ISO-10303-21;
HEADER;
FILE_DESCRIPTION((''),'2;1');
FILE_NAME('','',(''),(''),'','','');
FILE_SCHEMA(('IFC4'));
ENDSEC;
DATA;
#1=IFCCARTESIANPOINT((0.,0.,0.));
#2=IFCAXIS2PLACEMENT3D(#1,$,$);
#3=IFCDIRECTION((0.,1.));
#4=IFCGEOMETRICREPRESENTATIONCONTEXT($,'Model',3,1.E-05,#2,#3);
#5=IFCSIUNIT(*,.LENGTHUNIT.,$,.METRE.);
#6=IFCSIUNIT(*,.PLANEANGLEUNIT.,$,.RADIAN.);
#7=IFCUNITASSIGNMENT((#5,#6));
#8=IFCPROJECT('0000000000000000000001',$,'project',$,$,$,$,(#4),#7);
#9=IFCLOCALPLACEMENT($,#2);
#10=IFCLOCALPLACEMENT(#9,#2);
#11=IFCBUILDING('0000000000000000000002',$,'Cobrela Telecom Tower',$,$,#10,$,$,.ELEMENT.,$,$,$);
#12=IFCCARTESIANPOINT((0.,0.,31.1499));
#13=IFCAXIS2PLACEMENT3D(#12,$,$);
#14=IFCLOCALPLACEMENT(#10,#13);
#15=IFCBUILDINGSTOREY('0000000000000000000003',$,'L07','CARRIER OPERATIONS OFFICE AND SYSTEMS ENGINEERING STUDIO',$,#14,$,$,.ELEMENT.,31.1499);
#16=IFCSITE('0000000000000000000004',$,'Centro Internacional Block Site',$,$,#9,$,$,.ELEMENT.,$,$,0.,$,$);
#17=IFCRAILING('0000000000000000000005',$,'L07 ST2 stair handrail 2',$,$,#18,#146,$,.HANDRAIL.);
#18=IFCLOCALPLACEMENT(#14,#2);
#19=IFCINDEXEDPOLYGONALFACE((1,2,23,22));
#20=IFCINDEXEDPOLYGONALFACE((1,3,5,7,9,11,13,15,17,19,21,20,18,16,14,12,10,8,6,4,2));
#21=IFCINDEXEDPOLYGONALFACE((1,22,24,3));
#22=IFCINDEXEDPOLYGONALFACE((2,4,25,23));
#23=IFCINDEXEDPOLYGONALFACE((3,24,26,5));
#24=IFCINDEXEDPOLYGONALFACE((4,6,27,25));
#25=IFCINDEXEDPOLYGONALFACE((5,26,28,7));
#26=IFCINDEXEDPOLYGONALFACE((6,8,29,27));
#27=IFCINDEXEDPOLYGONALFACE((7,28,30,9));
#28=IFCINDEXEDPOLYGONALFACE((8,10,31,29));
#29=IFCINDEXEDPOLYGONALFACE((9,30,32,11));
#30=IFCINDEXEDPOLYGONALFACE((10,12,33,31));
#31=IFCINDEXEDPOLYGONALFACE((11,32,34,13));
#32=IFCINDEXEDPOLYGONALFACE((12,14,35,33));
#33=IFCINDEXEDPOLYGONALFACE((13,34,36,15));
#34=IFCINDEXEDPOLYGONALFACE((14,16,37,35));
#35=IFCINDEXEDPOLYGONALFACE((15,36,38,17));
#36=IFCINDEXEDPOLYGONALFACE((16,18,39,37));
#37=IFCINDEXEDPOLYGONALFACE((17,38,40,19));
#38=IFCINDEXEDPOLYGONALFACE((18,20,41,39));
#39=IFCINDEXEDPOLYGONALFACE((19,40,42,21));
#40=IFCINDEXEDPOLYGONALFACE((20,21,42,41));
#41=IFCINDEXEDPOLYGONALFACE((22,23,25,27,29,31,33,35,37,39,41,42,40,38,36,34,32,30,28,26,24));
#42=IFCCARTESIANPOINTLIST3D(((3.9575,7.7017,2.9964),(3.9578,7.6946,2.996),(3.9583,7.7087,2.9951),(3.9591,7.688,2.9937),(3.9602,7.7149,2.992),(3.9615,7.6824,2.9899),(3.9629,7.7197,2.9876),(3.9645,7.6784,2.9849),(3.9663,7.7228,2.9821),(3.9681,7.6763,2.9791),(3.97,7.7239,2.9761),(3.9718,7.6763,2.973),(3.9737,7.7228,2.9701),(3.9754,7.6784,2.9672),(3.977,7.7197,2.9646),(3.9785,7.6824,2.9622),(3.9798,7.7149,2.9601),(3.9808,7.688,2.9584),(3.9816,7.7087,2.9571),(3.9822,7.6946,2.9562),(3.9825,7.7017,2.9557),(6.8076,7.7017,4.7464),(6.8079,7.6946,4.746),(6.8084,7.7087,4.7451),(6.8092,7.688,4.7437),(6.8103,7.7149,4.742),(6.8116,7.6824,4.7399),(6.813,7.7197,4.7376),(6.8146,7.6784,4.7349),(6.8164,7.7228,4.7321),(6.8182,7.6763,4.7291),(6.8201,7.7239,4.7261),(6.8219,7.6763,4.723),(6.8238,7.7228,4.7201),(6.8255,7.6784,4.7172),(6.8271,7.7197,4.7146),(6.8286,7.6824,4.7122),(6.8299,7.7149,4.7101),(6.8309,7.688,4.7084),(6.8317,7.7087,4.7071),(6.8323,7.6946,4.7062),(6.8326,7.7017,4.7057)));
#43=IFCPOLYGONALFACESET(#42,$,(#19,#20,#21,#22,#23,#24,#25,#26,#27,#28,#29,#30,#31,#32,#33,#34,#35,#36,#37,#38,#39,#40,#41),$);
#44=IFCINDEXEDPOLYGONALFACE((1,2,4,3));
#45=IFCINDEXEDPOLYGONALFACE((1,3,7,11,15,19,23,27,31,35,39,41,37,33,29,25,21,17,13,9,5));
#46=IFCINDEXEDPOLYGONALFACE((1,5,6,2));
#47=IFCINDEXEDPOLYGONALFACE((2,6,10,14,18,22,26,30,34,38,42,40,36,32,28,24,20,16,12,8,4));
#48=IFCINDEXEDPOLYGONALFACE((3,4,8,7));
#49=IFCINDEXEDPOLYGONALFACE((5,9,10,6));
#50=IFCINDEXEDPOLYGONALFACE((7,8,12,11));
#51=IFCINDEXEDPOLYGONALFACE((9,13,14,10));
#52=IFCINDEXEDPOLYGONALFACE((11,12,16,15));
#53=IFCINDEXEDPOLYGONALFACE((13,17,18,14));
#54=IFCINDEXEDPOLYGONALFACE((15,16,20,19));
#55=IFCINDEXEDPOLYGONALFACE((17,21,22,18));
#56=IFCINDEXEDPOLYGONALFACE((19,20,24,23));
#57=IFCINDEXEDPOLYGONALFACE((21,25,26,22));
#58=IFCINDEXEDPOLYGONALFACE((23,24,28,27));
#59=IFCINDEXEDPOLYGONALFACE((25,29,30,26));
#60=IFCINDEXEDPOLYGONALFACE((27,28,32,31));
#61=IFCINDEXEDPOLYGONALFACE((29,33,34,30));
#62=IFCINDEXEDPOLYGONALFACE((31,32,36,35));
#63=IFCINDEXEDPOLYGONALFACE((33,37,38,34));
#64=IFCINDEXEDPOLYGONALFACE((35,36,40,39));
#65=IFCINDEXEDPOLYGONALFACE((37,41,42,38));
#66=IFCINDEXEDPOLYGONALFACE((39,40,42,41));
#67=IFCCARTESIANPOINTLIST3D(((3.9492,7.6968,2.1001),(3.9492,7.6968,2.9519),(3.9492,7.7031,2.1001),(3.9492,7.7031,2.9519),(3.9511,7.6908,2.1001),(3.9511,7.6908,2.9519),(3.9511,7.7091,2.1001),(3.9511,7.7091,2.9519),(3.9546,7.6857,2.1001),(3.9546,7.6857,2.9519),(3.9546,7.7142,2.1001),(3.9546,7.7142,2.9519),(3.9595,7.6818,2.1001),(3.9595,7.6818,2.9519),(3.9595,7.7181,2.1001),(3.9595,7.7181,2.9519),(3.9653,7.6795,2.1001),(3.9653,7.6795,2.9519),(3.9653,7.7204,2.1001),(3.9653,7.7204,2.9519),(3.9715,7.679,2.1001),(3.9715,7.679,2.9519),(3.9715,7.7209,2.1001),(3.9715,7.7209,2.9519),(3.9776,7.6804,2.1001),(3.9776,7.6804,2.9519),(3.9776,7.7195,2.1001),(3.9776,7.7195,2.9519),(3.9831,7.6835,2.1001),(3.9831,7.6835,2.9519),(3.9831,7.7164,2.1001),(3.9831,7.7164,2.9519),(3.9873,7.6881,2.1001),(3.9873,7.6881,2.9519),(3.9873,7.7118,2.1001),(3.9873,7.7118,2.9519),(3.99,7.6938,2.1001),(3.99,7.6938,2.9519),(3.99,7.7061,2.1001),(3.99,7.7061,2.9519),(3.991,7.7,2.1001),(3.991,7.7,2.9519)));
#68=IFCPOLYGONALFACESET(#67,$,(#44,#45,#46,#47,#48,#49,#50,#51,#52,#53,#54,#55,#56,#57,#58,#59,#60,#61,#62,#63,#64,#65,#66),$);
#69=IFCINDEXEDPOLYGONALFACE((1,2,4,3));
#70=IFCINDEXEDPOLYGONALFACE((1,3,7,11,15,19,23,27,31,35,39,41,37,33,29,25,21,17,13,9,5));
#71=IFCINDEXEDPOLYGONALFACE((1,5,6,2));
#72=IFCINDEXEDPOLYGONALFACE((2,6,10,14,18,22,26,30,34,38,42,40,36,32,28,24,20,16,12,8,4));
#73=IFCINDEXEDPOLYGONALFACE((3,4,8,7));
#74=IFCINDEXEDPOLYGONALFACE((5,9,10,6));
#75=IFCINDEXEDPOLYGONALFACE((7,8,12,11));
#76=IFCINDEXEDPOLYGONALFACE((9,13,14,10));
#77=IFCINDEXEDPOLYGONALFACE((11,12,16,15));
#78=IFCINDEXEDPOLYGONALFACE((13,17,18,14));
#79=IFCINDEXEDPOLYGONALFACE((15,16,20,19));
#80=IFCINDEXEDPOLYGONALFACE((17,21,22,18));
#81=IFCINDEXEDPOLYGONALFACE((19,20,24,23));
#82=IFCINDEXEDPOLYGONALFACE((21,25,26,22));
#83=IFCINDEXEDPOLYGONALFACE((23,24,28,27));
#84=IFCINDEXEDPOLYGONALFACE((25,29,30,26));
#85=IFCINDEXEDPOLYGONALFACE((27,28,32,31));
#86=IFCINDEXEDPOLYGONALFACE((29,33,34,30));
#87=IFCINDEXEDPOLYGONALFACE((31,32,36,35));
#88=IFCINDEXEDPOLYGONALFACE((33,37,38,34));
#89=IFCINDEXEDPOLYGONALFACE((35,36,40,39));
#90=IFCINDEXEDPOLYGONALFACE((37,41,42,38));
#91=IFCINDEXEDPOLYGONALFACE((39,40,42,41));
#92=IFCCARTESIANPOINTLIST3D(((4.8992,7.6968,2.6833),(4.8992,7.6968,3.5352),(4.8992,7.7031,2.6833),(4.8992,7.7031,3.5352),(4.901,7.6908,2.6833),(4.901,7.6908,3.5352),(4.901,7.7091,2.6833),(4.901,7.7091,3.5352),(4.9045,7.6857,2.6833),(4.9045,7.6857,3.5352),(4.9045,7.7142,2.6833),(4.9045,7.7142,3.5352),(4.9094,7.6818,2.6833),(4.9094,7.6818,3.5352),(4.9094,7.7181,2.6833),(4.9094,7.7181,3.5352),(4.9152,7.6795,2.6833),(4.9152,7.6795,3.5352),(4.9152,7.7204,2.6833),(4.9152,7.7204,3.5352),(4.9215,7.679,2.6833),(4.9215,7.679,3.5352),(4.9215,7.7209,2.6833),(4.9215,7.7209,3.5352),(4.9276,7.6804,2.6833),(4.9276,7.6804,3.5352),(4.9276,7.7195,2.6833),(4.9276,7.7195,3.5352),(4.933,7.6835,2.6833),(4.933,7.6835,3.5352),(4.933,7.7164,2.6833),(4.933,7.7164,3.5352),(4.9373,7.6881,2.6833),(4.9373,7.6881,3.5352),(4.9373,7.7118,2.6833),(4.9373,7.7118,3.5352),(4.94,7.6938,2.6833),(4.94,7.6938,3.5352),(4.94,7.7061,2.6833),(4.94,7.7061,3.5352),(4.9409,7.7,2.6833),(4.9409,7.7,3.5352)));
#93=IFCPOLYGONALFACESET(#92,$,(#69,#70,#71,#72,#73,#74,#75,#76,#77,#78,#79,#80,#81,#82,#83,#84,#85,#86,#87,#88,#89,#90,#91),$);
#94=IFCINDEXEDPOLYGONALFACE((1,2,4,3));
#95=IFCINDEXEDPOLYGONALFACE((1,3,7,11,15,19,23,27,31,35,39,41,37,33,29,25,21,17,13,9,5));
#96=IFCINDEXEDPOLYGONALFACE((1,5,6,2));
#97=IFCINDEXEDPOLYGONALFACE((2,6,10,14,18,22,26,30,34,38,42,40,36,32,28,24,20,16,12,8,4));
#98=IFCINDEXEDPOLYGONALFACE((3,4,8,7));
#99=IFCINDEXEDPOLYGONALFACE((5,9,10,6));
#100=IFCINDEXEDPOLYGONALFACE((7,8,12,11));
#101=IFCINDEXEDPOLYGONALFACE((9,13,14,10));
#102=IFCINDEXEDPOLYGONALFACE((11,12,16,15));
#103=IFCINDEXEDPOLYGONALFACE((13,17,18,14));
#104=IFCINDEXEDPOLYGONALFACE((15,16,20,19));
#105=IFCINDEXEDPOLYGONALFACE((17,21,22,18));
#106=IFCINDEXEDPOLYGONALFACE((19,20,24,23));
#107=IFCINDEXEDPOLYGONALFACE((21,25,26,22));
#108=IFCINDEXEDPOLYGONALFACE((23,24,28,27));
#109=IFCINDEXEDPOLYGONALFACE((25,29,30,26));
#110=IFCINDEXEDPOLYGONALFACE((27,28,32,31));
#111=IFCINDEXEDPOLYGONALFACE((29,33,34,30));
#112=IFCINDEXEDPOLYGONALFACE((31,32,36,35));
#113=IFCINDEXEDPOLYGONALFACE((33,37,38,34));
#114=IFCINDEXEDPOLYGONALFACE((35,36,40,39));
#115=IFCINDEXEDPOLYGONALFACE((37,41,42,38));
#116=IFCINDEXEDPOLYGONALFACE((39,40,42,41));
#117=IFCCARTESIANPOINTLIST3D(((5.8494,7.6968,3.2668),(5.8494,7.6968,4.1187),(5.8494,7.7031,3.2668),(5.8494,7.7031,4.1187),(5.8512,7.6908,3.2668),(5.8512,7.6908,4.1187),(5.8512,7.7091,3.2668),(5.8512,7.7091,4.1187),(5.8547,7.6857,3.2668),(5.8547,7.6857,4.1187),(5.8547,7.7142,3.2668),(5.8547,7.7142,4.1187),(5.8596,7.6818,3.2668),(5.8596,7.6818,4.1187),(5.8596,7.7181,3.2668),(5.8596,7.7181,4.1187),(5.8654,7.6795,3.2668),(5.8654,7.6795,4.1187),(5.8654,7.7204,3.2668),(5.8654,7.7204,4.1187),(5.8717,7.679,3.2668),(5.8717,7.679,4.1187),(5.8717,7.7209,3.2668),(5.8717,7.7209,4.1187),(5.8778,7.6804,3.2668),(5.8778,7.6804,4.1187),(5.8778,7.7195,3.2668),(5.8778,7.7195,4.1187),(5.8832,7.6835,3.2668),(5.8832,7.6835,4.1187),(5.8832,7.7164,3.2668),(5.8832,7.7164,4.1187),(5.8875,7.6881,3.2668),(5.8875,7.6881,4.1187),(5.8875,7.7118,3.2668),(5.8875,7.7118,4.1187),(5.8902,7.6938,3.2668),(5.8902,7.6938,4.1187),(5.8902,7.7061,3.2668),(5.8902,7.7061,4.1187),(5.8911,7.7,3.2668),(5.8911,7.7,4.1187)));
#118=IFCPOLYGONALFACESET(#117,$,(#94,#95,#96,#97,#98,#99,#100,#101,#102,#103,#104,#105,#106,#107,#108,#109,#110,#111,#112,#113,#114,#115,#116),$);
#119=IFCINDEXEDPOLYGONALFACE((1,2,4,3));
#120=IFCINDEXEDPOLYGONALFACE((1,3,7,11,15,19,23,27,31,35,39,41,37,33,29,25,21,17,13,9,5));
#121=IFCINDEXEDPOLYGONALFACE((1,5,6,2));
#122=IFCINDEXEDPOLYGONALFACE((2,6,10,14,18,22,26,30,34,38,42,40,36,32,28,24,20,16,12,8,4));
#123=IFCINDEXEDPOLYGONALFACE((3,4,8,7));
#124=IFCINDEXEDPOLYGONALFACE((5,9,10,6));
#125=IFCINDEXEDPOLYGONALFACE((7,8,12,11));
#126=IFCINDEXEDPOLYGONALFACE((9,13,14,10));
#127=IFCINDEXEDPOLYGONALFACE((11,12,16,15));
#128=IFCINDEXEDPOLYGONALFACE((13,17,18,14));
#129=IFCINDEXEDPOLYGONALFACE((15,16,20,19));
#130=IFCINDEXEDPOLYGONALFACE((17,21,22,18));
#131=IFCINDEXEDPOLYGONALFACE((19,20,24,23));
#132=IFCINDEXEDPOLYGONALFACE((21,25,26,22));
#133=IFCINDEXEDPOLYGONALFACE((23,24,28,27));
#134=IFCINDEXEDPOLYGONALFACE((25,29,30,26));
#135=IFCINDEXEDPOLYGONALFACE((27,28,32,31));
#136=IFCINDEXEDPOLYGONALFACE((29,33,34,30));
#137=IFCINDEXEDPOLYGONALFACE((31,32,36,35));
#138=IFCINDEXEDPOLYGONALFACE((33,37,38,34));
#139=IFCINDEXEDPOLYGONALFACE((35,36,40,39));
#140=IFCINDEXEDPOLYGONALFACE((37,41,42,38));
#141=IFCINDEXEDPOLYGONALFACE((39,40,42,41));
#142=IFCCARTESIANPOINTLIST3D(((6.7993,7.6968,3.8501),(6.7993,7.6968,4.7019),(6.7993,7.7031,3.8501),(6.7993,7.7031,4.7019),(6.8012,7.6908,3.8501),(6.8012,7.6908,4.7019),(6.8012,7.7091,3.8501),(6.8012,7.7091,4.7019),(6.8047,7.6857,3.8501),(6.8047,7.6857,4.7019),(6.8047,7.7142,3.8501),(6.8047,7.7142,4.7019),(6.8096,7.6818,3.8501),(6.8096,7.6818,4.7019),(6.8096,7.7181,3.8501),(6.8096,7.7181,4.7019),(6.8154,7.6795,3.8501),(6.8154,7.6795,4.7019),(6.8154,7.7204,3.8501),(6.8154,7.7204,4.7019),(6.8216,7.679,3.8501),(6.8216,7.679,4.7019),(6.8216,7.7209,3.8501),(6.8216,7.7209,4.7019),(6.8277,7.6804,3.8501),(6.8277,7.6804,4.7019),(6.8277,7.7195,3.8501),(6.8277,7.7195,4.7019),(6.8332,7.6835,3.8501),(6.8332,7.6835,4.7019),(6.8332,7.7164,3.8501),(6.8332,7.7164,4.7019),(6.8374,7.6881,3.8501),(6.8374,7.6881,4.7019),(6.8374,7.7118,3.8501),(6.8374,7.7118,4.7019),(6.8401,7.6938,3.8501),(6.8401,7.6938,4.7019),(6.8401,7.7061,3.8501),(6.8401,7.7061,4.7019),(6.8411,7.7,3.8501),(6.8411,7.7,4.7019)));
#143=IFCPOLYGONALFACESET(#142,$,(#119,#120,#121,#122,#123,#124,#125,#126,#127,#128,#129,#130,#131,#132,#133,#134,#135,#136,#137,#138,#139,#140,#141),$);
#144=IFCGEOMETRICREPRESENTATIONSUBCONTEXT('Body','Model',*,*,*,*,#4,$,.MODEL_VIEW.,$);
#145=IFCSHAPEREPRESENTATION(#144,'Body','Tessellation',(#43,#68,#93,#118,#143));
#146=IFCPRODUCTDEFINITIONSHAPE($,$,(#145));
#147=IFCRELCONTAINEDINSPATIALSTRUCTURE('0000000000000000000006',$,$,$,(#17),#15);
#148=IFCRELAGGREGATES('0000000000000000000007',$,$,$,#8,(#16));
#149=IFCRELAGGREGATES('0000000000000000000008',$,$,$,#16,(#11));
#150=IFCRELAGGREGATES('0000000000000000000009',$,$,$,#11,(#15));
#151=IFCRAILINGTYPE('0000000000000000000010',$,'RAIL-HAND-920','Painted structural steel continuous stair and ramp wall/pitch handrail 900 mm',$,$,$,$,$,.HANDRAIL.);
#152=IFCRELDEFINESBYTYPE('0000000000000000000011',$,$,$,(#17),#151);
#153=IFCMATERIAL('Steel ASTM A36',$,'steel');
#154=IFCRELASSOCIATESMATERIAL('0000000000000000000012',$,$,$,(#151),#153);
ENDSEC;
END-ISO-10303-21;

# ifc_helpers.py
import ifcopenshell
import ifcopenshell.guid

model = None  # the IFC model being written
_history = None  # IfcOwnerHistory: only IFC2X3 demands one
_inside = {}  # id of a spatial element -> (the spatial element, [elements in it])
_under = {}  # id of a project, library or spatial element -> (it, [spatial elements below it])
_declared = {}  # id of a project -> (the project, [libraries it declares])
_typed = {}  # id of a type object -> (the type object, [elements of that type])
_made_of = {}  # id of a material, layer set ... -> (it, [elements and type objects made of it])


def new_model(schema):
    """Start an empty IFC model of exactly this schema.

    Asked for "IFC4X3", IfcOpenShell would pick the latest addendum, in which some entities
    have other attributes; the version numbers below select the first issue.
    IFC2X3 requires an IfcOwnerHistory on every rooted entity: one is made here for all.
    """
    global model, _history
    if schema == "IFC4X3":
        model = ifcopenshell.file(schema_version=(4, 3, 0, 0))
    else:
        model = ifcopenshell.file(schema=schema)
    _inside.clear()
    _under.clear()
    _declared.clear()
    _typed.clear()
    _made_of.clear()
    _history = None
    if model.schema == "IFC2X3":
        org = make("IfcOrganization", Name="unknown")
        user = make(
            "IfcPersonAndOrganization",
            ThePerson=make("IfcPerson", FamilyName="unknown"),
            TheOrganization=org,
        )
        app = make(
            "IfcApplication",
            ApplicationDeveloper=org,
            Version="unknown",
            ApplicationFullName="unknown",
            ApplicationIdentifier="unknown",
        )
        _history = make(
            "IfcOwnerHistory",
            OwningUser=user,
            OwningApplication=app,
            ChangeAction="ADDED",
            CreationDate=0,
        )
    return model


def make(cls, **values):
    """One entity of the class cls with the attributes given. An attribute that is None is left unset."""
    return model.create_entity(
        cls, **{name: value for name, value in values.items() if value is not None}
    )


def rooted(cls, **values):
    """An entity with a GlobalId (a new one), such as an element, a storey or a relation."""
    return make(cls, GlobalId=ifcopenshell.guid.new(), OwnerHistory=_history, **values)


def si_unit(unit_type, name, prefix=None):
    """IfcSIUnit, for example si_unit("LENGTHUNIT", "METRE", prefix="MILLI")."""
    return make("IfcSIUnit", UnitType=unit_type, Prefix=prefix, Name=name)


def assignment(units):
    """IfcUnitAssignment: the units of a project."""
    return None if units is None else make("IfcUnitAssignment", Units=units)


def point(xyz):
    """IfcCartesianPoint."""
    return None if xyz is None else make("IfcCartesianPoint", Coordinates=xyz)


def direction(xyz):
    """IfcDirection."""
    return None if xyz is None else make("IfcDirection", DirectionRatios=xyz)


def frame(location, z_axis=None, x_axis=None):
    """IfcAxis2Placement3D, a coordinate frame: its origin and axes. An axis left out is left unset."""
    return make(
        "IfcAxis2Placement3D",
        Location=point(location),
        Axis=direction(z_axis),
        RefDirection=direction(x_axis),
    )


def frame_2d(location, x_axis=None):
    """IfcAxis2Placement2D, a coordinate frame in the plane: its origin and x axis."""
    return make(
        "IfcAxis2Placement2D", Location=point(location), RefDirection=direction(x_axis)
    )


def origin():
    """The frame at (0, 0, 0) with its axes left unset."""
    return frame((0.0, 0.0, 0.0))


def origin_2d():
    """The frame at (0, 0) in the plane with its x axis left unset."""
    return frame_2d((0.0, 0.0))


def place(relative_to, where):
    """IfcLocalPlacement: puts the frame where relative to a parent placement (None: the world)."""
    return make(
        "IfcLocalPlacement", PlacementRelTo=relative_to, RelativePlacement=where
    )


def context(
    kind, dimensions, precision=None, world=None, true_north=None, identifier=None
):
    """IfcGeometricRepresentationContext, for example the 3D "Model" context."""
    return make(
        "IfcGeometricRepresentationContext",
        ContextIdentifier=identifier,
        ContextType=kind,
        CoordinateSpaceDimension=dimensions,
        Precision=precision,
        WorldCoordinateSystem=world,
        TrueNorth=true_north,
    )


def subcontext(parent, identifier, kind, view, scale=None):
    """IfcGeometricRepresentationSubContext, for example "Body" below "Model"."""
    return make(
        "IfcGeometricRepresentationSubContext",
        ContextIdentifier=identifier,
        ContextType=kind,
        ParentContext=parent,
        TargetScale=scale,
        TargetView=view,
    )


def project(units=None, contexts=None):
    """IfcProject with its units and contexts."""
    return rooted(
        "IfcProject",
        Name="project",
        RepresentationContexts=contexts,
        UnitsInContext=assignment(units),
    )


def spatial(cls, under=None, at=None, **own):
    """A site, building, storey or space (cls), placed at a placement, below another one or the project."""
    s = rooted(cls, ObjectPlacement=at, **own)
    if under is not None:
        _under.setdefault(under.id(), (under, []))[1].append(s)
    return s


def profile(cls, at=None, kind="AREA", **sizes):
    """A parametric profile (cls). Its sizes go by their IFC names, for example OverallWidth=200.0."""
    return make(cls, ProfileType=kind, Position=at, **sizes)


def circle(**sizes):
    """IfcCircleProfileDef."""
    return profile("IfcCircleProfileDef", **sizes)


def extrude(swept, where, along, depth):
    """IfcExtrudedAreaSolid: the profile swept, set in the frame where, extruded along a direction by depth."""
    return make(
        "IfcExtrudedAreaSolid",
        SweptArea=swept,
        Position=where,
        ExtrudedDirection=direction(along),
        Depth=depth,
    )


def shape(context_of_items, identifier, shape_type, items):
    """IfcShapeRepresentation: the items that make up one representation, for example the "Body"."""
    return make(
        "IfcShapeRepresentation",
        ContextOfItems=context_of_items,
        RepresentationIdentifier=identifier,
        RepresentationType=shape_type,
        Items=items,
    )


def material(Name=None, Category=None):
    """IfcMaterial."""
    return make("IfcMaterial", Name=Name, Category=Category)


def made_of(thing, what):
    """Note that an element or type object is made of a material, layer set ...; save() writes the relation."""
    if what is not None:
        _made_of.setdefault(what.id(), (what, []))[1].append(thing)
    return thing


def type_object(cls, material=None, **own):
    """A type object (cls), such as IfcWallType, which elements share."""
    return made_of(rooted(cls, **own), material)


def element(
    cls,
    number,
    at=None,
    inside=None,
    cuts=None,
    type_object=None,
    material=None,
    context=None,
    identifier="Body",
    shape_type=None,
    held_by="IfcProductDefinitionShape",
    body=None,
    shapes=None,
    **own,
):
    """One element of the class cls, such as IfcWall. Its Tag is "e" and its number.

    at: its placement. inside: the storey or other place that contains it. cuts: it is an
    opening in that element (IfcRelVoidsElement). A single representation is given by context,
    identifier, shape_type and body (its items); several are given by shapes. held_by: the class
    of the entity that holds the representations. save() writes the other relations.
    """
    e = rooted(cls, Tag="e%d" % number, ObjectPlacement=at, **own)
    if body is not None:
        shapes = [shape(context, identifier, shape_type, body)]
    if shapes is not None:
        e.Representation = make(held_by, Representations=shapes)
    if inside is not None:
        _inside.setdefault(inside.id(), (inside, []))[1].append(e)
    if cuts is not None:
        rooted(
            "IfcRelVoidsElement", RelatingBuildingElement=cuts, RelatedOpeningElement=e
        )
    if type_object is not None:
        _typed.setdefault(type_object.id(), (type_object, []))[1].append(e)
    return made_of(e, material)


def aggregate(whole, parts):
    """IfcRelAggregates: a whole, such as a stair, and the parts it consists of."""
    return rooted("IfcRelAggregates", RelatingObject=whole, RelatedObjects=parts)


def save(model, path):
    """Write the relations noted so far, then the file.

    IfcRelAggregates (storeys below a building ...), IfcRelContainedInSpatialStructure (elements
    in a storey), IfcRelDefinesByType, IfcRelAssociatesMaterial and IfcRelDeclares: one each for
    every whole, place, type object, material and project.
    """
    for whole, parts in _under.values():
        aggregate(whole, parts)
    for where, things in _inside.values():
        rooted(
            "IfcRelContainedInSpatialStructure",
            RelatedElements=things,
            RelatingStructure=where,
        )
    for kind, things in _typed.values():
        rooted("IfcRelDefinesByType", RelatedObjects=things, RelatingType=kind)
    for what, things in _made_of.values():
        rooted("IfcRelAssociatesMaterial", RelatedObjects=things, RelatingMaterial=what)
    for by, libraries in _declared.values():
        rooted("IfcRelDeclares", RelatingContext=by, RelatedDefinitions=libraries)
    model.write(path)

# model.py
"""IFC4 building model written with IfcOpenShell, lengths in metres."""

from ifc_helpers import new_model, si_unit, direction, frame, origin, origin_2d, place, context, subcontext, project, spatial, circle, extrude, material, type_object, element, save


model = new_model("IFC4")

# Units and contexts
model_context = context("Model", 3, precision=1e-05, world=origin(), true_north=direction((0.0, 1.0)))
body_context = subcontext(model_context, "Body", "Model", "MODEL_VIEW")
ifc_project = project(units=[si_unit("LENGTHUNIT", "METRE"), si_unit("PLANEANGLEUNIT", "RADIAN")], contexts=[model_context])

# Site, building, storey
site_placement = place(None, origin())
site = spatial("IfcSite", under=ifc_project, at=site_placement, Name="Centro Internacional Block Site", CompositionType="ELEMENT", RefElevation=0.0)
building_placement = place(site_placement, origin())
building = spatial("IfcBuilding", under=site, at=building_placement, Name="Cobrela Telecom Tower", CompositionType="ELEMENT")
storey_placement = place(building_placement, frame((0.0, 0.0, 31.1499)))
storey = spatial("IfcBuildingStorey", under=building, at=storey_placement, Name="L07", Description="CARRIER OPERATIONS OFFICE AND SYSTEMS ENGINEERING STUDIO", CompositionType="ELEMENT", Elevation=31.1499)

# Railing
ifc_material_1 = material(Name="Steel ASTM A36", Category="steel")
railing_type_1 = type_object("IfcRailingType", Name="RAIL-HAND-920", Description="Painted structural steel continuous stair and ramp wall/pitch handrail 900 mm", PredefinedType="HANDRAIL", material=ifc_material_1)
railing_1_placement = place(storey_placement, frame((3.97, 7.7, 2.1001)))
element("IfcRailing", 1, at=railing_1_placement, inside=storey, type_object=railing_type_1, Name="L07 ST2 stair handrail 2", PredefinedType="HANDRAIL", context=body_context, shape_type="SweptSolid", body=[
    extrude(circle(Radius=0.0239, at=origin_2d()), frame((0.0, 0.0, 0.876), z_axis=(0.852179, 0.0, 0.52325), x_axis=(0.0, 1.0, 0.0)), (0.0, 0.0, 1.0), 3.3445),
    extrude(circle(Radius=0.021, at=origin_2d()), origin(), (0.0, 0.0, 1.0), 0.8518),
    extrude(circle(Radius=0.021, at=origin_2d()), frame((0.95, 0.0, 0.5833)), (0.0, 0.0, 1.0), 0.8518),
    extrude(circle(Radius=0.021, at=origin_2d()), frame((1.9001, 0.0, 1.1667)), (0.0, 0.0, 1.0), 0.8518),
    extrude(circle(Radius=0.021, at=origin_2d()), frame((2.8501, 0.0, 1.75)), (0.0, 0.0, 1.0), 0.8518),
])

save(model, "model.ifc")
